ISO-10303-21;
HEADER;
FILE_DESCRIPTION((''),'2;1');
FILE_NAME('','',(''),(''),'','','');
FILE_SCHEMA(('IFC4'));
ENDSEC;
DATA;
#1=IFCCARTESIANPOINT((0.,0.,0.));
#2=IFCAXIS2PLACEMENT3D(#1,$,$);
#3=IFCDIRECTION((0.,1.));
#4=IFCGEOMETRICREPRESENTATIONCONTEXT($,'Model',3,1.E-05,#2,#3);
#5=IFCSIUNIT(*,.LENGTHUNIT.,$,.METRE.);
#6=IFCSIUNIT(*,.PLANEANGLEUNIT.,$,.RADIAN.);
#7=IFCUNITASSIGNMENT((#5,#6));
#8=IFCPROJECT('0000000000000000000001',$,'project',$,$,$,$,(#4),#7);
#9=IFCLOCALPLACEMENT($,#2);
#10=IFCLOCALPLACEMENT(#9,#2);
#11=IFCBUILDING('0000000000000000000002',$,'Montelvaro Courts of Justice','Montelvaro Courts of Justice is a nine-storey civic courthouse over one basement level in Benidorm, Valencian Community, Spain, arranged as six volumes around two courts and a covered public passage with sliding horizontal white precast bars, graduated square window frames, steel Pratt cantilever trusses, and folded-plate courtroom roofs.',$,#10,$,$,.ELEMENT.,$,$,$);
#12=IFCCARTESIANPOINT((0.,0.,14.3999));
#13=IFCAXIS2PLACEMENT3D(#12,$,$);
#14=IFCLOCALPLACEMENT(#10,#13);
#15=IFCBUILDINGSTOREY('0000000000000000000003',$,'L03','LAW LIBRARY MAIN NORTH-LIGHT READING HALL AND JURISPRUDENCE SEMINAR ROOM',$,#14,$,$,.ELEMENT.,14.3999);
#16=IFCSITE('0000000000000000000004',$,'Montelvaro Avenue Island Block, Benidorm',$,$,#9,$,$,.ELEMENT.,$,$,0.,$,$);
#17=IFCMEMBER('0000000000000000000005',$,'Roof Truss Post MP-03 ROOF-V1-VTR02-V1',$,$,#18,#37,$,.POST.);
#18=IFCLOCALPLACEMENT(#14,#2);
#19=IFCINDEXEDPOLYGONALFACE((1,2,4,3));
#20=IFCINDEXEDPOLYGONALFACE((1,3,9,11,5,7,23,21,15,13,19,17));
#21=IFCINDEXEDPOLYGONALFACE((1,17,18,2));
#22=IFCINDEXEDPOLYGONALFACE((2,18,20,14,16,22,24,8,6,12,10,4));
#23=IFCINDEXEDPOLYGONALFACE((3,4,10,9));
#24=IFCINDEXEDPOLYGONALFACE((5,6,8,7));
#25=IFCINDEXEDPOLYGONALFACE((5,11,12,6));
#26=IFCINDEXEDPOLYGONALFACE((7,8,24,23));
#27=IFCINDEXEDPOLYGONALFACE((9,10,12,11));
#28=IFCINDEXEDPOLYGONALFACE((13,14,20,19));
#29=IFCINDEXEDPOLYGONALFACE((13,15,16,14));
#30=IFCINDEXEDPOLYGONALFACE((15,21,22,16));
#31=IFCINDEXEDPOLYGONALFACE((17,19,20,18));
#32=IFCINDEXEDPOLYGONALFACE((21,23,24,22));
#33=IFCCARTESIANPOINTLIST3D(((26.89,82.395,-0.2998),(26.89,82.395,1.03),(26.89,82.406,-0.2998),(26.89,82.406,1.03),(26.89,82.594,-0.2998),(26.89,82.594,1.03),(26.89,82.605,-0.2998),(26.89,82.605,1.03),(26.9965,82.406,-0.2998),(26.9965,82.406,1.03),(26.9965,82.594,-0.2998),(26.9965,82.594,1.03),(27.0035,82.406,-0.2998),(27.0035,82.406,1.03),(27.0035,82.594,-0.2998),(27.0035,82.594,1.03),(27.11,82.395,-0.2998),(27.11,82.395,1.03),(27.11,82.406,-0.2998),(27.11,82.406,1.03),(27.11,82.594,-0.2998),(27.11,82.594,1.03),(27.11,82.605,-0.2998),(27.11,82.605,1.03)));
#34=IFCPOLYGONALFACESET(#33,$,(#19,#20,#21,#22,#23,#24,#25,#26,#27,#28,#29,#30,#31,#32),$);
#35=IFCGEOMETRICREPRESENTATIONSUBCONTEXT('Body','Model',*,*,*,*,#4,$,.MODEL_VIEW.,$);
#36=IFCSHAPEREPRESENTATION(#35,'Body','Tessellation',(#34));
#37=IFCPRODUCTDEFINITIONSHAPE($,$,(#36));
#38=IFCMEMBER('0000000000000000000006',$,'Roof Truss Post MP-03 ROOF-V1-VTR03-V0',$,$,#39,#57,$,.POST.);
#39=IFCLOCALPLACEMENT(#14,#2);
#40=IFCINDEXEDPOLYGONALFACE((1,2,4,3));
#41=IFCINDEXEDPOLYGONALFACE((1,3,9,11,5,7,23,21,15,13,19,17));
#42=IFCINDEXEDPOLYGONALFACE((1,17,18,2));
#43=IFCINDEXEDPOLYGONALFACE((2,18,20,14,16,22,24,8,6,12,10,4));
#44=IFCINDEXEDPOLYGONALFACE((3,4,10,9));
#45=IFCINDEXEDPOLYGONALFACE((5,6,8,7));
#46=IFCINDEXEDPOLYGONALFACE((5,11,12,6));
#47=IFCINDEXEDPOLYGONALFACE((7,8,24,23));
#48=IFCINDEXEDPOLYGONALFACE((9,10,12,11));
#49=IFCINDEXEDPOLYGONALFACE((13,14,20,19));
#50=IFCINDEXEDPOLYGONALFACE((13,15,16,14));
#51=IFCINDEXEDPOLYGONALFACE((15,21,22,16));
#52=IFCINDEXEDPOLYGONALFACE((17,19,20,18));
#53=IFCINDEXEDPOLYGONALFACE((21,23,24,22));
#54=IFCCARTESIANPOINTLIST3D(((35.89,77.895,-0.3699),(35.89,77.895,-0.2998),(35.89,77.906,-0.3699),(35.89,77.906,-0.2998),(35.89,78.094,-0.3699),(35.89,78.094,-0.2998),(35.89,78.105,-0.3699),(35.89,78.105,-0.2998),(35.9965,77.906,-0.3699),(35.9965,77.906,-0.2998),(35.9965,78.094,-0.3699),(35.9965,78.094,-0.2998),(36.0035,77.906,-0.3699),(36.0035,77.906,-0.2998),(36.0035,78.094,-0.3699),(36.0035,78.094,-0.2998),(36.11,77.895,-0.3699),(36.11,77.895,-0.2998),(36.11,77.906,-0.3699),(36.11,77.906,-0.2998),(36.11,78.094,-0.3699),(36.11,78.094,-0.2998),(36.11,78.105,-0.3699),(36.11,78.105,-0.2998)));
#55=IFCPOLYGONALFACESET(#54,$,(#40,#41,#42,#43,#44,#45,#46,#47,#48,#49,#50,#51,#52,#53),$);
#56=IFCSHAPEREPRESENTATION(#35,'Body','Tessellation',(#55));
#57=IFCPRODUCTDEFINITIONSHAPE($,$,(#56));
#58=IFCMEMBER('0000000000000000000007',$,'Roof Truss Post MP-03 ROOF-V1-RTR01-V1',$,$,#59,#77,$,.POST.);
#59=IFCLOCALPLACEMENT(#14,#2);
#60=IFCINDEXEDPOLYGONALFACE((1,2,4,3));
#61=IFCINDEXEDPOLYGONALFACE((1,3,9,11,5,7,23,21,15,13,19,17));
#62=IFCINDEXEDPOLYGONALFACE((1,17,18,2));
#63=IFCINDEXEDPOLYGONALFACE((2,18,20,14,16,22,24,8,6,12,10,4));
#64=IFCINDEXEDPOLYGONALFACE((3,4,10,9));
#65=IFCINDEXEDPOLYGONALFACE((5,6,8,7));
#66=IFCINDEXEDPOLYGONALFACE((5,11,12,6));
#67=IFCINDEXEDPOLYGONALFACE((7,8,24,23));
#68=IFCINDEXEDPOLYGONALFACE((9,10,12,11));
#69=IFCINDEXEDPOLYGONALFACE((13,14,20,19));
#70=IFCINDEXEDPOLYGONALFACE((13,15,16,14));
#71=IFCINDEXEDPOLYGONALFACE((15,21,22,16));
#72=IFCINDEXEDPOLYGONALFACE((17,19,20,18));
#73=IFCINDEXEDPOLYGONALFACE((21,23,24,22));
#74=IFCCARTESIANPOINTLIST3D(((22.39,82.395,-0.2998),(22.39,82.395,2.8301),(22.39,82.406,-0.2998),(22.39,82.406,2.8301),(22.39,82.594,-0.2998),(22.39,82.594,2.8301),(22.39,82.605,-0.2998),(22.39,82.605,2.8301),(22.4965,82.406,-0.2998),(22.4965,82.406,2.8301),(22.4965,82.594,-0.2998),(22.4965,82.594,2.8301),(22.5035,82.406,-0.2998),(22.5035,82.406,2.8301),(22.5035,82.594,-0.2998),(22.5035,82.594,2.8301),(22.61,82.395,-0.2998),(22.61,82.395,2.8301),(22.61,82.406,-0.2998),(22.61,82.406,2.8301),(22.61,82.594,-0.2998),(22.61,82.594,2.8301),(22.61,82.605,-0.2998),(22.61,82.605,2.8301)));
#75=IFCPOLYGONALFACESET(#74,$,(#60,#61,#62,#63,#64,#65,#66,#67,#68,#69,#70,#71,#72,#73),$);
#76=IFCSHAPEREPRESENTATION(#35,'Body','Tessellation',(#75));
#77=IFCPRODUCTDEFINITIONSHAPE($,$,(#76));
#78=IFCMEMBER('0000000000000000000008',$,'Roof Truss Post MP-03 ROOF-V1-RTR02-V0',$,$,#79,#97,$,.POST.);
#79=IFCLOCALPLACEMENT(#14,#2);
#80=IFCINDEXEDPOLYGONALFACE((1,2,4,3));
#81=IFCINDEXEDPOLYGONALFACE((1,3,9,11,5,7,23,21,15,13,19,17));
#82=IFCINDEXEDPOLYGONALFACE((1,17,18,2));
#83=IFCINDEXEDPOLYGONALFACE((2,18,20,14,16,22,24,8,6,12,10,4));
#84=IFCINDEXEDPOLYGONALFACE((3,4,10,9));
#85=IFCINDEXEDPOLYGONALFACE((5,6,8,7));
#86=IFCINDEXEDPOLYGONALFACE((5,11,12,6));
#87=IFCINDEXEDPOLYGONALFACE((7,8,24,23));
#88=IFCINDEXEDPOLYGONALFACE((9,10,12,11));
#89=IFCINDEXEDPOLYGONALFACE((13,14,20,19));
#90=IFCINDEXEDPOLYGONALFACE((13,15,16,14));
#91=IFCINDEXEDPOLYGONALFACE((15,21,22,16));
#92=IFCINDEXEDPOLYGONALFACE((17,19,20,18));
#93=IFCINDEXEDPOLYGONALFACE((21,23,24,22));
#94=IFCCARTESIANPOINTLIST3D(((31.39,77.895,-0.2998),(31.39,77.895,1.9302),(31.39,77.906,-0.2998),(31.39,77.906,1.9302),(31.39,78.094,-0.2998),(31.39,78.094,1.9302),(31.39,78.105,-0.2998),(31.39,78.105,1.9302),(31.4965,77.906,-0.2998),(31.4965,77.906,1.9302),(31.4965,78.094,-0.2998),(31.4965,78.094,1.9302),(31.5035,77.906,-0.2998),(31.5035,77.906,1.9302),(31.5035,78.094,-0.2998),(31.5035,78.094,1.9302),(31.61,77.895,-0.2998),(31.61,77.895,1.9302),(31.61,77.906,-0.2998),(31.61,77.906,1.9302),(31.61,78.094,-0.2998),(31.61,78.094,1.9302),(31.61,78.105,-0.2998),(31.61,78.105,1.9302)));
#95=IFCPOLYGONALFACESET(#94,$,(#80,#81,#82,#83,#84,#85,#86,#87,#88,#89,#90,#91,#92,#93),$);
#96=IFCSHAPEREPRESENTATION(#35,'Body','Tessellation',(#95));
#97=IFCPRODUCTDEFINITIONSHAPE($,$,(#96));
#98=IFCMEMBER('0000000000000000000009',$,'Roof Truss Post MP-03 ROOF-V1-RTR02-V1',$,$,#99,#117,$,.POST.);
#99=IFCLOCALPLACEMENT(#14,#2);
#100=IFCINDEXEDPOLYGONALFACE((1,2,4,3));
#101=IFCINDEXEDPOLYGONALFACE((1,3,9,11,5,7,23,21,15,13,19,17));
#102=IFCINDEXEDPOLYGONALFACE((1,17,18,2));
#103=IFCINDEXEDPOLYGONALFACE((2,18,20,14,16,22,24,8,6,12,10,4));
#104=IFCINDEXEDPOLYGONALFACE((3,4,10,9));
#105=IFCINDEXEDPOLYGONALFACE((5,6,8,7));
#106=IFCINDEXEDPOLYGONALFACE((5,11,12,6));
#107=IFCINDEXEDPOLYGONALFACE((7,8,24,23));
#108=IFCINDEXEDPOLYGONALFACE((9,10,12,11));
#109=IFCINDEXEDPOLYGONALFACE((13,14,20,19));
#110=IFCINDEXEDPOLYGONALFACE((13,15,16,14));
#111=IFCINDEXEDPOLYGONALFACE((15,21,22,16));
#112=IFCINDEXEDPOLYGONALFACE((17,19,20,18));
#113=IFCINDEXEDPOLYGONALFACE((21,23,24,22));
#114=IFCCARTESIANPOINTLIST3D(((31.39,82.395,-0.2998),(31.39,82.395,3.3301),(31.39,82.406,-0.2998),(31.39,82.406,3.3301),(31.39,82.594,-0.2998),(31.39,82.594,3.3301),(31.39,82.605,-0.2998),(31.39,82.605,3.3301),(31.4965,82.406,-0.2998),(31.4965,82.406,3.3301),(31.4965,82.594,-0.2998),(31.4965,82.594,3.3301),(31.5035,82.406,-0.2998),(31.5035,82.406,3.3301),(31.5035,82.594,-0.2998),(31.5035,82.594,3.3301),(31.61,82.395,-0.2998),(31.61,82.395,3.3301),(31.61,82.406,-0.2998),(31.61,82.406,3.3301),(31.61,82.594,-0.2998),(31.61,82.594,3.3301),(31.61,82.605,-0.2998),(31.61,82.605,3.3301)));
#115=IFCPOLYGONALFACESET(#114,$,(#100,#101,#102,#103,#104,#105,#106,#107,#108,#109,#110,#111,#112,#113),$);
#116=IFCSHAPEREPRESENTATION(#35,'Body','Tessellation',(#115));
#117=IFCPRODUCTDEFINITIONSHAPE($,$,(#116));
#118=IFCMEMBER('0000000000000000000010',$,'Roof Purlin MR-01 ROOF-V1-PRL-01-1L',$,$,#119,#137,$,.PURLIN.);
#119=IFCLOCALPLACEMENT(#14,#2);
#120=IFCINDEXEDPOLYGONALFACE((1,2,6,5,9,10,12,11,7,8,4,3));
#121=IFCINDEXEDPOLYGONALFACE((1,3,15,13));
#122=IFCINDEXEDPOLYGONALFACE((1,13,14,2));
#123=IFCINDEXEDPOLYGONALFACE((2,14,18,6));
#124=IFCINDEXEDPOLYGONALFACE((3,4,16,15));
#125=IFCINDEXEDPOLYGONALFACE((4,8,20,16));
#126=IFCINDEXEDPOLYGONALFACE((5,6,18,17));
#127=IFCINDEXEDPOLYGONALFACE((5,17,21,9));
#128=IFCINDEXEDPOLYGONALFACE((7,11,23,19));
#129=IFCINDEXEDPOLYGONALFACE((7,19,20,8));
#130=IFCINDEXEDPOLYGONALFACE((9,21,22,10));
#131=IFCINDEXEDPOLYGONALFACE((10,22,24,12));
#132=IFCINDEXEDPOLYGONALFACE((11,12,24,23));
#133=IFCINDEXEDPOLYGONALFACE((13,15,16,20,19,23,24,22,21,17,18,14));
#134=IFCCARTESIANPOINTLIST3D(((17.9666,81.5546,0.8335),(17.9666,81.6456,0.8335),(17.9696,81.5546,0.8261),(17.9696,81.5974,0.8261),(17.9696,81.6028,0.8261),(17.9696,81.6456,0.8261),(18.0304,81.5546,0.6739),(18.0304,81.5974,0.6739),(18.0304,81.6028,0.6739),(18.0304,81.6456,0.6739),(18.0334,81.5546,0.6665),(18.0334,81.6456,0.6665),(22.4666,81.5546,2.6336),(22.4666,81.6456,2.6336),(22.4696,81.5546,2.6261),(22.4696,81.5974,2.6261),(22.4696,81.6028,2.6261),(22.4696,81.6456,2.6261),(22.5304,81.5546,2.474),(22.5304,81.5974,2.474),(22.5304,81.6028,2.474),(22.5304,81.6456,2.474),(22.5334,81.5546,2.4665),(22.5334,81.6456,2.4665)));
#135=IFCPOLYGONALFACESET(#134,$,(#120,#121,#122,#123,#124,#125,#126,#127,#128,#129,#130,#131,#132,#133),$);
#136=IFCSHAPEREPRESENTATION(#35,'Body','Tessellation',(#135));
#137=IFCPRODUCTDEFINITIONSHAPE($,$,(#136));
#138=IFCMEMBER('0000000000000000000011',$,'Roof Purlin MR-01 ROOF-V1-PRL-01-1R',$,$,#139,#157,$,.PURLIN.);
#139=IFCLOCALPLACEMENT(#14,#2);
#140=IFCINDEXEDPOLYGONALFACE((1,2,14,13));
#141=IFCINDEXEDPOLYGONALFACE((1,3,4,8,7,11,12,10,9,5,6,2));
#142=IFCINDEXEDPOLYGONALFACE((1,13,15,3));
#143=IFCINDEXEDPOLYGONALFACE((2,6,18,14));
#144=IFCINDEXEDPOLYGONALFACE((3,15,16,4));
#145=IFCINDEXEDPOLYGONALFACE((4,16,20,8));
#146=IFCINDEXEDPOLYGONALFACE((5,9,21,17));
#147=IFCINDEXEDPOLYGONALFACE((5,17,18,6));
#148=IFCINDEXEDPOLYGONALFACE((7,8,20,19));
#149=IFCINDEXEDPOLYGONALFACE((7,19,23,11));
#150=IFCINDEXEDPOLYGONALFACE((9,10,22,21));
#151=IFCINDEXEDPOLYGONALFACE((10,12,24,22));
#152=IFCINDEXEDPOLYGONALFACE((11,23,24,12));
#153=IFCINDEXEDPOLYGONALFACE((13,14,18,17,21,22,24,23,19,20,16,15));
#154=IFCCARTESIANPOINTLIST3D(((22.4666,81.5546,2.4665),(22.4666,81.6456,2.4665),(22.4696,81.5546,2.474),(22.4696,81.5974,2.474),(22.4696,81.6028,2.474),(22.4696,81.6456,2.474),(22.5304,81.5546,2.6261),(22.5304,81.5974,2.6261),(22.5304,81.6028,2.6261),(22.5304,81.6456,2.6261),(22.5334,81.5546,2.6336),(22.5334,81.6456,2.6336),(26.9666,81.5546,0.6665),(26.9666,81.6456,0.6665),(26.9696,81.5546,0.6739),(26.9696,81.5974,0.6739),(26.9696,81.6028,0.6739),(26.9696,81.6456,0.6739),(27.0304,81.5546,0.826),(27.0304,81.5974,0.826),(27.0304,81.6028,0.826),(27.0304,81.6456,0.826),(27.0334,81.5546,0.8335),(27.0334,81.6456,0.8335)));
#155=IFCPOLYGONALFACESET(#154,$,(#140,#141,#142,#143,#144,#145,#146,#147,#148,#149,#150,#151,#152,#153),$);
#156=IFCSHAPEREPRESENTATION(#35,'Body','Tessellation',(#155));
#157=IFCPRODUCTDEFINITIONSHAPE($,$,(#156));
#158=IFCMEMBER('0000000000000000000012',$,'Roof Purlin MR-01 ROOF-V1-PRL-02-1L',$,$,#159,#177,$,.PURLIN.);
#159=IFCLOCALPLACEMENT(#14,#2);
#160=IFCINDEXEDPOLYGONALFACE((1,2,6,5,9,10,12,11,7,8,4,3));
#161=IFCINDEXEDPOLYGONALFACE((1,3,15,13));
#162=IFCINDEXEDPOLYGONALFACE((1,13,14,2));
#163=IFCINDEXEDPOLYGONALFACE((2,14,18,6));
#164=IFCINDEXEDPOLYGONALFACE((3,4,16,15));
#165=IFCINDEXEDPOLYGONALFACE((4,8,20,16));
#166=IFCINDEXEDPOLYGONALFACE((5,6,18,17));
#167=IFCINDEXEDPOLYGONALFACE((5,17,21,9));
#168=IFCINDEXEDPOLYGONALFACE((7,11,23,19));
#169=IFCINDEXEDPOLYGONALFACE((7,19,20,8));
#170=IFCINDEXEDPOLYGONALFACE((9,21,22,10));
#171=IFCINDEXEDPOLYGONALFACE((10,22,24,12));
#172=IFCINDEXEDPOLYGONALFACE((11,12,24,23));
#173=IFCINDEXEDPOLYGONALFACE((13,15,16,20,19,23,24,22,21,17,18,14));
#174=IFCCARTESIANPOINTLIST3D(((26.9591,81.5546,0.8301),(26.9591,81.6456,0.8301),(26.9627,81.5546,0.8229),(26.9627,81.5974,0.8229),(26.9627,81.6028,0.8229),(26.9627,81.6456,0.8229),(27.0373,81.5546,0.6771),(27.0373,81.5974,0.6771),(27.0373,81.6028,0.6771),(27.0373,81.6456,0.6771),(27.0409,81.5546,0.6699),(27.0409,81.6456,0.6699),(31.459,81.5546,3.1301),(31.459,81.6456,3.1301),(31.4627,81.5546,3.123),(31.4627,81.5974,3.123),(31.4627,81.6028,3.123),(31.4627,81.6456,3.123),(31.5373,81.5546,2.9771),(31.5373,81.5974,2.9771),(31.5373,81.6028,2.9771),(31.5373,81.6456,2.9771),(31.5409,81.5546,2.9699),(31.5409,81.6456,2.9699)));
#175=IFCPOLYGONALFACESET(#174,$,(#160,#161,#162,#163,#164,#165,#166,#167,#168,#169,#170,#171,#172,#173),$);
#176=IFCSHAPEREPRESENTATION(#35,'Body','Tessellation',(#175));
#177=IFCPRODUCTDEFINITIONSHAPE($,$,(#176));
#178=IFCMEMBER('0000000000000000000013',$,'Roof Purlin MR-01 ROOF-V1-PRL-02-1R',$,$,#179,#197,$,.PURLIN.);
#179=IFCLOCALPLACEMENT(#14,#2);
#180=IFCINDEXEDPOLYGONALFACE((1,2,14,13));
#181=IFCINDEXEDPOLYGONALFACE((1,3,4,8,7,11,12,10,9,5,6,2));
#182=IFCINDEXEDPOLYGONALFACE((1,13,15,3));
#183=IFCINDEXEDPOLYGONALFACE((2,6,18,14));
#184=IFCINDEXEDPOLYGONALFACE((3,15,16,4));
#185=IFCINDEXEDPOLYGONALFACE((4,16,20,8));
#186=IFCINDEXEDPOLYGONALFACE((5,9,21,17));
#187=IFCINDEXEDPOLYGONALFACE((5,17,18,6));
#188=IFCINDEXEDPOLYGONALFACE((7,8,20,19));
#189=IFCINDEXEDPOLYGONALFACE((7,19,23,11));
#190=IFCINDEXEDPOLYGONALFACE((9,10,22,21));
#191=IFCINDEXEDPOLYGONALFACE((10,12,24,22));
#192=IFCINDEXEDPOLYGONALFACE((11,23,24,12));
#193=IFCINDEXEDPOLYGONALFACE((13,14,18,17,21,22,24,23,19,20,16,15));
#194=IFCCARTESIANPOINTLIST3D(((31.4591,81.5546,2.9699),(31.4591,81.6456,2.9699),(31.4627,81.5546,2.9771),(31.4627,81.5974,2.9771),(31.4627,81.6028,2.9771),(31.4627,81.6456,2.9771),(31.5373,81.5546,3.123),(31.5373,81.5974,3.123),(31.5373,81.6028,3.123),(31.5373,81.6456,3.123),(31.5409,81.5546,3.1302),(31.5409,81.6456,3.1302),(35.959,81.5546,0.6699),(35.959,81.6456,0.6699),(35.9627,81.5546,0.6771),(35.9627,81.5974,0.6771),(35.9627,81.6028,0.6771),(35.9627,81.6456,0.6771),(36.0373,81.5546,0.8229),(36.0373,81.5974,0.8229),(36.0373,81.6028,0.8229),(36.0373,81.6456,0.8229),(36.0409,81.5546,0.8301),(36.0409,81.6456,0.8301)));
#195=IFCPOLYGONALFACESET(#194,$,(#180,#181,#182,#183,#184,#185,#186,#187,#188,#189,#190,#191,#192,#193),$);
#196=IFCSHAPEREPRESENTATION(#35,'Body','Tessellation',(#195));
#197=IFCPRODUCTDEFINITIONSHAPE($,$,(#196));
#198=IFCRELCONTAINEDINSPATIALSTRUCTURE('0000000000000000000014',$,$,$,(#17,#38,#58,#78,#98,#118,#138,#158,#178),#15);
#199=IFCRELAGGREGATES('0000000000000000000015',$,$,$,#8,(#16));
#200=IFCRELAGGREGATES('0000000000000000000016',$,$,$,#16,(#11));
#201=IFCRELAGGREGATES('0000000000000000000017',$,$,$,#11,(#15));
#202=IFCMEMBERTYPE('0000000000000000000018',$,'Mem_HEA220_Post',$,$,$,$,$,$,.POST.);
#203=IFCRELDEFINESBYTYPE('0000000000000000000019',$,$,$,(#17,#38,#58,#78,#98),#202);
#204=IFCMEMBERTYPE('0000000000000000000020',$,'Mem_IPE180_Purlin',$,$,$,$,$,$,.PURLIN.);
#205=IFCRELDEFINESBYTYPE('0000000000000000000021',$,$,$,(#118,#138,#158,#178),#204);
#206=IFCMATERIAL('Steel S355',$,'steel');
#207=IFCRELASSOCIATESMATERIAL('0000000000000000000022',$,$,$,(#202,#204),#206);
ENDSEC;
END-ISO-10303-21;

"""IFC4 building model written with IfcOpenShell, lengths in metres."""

from ifc_helpers import new_model, si_unit, direction, frame, origin, origin_2d, place, context, subcontext, project, spatial, i_section, extrude, material, material_profile, profile_set, type_object, element, save


model = new_model("IFC4")

# Units and contexts
model_context = context("Model", 3, precision=1e-05, world=origin(), true_north=direction((0.0, 1.0)))
body_context = subcontext(model_context, "Body", "Model", "MODEL_VIEW")
ifc_project = project(units=[si_unit("LENGTHUNIT", "METRE"), si_unit("PLANEANGLEUNIT", "RADIAN")], contexts=[model_context])

# Site, building, storey
site_placement = place(None, origin())
site = spatial("IfcSite", under=ifc_project, at=site_placement, Name="Montelvaro Avenue Island Block, Benidorm", CompositionType="ELEMENT", RefElevation=0.0)
building_placement = place(site_placement, origin())
building = spatial("IfcBuilding", under=site, at=building_placement, Name="Montelvaro Courts of Justice", Description="Montelvaro Courts of Justice is a nine-storey civic courthouse over one basement level in Benidorm, Valencian Community, Spain, arranged as six volumes around two courts and a covered public passage with sliding horizontal white precast bars, graduated square window frames, steel Pratt cantilever trusses, and folded-plate courtroom roofs.", CompositionType="ELEMENT")
storey_placement = place(building_placement, frame((0.0, 0.0, 14.3999)))
storey = spatial("IfcBuildingStorey", under=building, at=storey_placement, Name="L03", Description="LAW LIBRARY MAIN NORTH-LIGHT READING HALL AND JURISPRUDENCE SEMINAR ROOM", CompositionType="ELEMENT", Elevation=14.3999)

# Members
ifc_material = material(Name="Steel S355", Category="steel")
ifc_material_profile_1 = material_profile(ifc_material, i_section(OverallWidth=0.22, OverallDepth=0.21, WebThickness=0.0071, FlangeThickness=0.011, at=origin_2d()), Name="HEA 220")
ifc_profile_set_1 = profile_set([ifc_material_profile_1], Name="Steel S355")
member_type_1 = type_object("IfcMemberType", Name="Mem_HEA220_Post", PredefinedType="POST", material=ifc_profile_set_1)
member_1_placement = place(storey_placement, frame((27.0, 82.5, -0.2998), z_axis=(0.0, 0.0, 1.0), x_axis=(1.0, 0.0, 0.0)))
element("IfcMember", 1, at=member_1_placement, inside=storey, type_object=member_type_1, Name="Roof Truss Post MP-03 ROOF-V1-VTR02-V1", PredefinedType="POST", context=body_context, shape_type="SweptSolid", body=[
    extrude(i_section(OverallWidth=0.22, OverallDepth=0.21, WebThickness=0.0071, FlangeThickness=0.011, at=origin_2d()), origin(), (0.0, 0.0, 1.0), 1.3298),
])
member_2_placement = place(storey_placement, frame((36.0, 78.0, -0.2998), z_axis=(0.0, 0.0, -1.0), x_axis=(1.0, 0.0, 0.0)))
element("IfcMember", 2, at=member_2_placement, inside=storey, type_object=member_type_1, Name="Roof Truss Post MP-03 ROOF-V1-VTR03-V0", PredefinedType="POST", context=body_context, shape_type="SweptSolid", body=[
    extrude(i_section(OverallWidth=0.22, OverallDepth=0.21, WebThickness=0.0071, FlangeThickness=0.011, at=origin_2d()), origin(), (0.0, 0.0, 1.0), 0.0701),
])
member_3_placement = place(storey_placement, frame((22.5, 82.5, -0.2998), z_axis=(0.0, 0.0, 1.0), x_axis=(1.0, 0.0, 0.0)))
element("IfcMember", 3, at=member_3_placement, inside=storey, type_object=member_type_1, Name="Roof Truss Post MP-03 ROOF-V1-RTR01-V1", PredefinedType="POST", context=body_context, shape_type="SweptSolid", body=[
    extrude(i_section(OverallWidth=0.22, OverallDepth=0.21, WebThickness=0.0071, FlangeThickness=0.011, at=origin_2d()), origin(), (0.0, 0.0, 1.0), 3.1299),
])
member_4_placement = place(storey_placement, frame((31.5, 78.0, -0.2998), z_axis=(0.0, 0.0, 1.0), x_axis=(1.0, 0.0, 0.0)))
element("IfcMember", 4, at=member_4_placement, inside=storey, type_object=member_type_1, Name="Roof Truss Post MP-03 ROOF-V1-RTR02-V0", PredefinedType="POST", context=body_context, shape_type="SweptSolid", body=[
    extrude(i_section(OverallWidth=0.22, OverallDepth=0.21, WebThickness=0.0071, FlangeThickness=0.011, at=origin_2d()), origin(), (0.0, 0.0, 1.0), 2.23),
])
member_5_placement = place(storey_placement, frame((31.5, 82.5, -0.2998), z_axis=(0.0, 0.0, 1.0), x_axis=(1.0, 0.0, 0.0)))
element("IfcMember", 5, at=member_5_placement, inside=storey, type_object=member_type_1, Name="Roof Truss Post MP-03 ROOF-V1-RTR02-V1", PredefinedType="POST", context=body_context, shape_type="SweptSolid", body=[
    extrude(i_section(OverallWidth=0.22, OverallDepth=0.21, WebThickness=0.0071, FlangeThickness=0.011, at=origin_2d()), origin(), (0.0, 0.0, 1.0), 3.6299),
])
ifc_material_profile_2 = material_profile(ifc_material, i_section(OverallWidth=0.0911, OverallDepth=0.1799, WebThickness=0.0054, FlangeThickness=0.0081, at=origin_2d()), Name="IPE 180")
ifc_profile_set_2 = profile_set([ifc_material_profile_2], Name="Steel S355")
member_type_2 = type_object("IfcMemberType", Name="Mem_IPE180_Purlin", PredefinedType="PURLIN", material=ifc_profile_set_2)
for number, where, z_axis, x_axis, name in (
    (6, (18.0, 81.6001, 0.75), (0.928473, 0.0, 0.371399), (0.0, 1.0, 0.0), "Roof Purlin MR-01 ROOF-V1-PRL-01-1L"),
    (7, (22.5, 81.6001, 2.55), (0.928473, 0.0, -0.371399), (0.0, 1.0, 0.0), "Roof Purlin MR-01 ROOF-V1-PRL-01-1R"),
):
    element("IfcMember", number, at=place(storey_placement, frame(where, z_axis=z_axis, x_axis=x_axis)), inside=storey, type_object=member_type_2, Name=name, PredefinedType="PURLIN", context=body_context, shape_type="SweptSolid", body=[
        extrude(i_section(OverallWidth=0.0911, OverallDepth=0.1799, WebThickness=0.0054, FlangeThickness=0.0081, at=origin_2d()), origin(), (0.0, 0.0, 1.0), 4.8467),
    ])
for number, where, z_axis, x_axis, name in (
    (8, (27.0, 81.6001, 0.75), (0.890431, 0.0, 0.455119), (0.0, 1.0, 0.0), "Roof Purlin MR-01 ROOF-V1-PRL-02-1L"),
    (9, (31.5, 81.6001, 3.05), (0.890431, 0.0, -0.455119), (0.0, 1.0, 0.0), "Roof Purlin MR-01 ROOF-V1-PRL-02-1R"),
):
    element("IfcMember", number, at=place(storey_placement, frame(where, z_axis=z_axis, x_axis=x_axis)), inside=storey, type_object=member_type_2, Name=name, PredefinedType="PURLIN", context=body_context, shape_type="SweptSolid", body=[
        extrude(i_section(OverallWidth=0.0911, OverallDepth=0.1799, WebThickness=0.0054, FlangeThickness=0.0081, at=origin_2d()), origin(), (0.0, 0.0, 1.0), 5.0537),
    ])

save(model, "model.ifc")
